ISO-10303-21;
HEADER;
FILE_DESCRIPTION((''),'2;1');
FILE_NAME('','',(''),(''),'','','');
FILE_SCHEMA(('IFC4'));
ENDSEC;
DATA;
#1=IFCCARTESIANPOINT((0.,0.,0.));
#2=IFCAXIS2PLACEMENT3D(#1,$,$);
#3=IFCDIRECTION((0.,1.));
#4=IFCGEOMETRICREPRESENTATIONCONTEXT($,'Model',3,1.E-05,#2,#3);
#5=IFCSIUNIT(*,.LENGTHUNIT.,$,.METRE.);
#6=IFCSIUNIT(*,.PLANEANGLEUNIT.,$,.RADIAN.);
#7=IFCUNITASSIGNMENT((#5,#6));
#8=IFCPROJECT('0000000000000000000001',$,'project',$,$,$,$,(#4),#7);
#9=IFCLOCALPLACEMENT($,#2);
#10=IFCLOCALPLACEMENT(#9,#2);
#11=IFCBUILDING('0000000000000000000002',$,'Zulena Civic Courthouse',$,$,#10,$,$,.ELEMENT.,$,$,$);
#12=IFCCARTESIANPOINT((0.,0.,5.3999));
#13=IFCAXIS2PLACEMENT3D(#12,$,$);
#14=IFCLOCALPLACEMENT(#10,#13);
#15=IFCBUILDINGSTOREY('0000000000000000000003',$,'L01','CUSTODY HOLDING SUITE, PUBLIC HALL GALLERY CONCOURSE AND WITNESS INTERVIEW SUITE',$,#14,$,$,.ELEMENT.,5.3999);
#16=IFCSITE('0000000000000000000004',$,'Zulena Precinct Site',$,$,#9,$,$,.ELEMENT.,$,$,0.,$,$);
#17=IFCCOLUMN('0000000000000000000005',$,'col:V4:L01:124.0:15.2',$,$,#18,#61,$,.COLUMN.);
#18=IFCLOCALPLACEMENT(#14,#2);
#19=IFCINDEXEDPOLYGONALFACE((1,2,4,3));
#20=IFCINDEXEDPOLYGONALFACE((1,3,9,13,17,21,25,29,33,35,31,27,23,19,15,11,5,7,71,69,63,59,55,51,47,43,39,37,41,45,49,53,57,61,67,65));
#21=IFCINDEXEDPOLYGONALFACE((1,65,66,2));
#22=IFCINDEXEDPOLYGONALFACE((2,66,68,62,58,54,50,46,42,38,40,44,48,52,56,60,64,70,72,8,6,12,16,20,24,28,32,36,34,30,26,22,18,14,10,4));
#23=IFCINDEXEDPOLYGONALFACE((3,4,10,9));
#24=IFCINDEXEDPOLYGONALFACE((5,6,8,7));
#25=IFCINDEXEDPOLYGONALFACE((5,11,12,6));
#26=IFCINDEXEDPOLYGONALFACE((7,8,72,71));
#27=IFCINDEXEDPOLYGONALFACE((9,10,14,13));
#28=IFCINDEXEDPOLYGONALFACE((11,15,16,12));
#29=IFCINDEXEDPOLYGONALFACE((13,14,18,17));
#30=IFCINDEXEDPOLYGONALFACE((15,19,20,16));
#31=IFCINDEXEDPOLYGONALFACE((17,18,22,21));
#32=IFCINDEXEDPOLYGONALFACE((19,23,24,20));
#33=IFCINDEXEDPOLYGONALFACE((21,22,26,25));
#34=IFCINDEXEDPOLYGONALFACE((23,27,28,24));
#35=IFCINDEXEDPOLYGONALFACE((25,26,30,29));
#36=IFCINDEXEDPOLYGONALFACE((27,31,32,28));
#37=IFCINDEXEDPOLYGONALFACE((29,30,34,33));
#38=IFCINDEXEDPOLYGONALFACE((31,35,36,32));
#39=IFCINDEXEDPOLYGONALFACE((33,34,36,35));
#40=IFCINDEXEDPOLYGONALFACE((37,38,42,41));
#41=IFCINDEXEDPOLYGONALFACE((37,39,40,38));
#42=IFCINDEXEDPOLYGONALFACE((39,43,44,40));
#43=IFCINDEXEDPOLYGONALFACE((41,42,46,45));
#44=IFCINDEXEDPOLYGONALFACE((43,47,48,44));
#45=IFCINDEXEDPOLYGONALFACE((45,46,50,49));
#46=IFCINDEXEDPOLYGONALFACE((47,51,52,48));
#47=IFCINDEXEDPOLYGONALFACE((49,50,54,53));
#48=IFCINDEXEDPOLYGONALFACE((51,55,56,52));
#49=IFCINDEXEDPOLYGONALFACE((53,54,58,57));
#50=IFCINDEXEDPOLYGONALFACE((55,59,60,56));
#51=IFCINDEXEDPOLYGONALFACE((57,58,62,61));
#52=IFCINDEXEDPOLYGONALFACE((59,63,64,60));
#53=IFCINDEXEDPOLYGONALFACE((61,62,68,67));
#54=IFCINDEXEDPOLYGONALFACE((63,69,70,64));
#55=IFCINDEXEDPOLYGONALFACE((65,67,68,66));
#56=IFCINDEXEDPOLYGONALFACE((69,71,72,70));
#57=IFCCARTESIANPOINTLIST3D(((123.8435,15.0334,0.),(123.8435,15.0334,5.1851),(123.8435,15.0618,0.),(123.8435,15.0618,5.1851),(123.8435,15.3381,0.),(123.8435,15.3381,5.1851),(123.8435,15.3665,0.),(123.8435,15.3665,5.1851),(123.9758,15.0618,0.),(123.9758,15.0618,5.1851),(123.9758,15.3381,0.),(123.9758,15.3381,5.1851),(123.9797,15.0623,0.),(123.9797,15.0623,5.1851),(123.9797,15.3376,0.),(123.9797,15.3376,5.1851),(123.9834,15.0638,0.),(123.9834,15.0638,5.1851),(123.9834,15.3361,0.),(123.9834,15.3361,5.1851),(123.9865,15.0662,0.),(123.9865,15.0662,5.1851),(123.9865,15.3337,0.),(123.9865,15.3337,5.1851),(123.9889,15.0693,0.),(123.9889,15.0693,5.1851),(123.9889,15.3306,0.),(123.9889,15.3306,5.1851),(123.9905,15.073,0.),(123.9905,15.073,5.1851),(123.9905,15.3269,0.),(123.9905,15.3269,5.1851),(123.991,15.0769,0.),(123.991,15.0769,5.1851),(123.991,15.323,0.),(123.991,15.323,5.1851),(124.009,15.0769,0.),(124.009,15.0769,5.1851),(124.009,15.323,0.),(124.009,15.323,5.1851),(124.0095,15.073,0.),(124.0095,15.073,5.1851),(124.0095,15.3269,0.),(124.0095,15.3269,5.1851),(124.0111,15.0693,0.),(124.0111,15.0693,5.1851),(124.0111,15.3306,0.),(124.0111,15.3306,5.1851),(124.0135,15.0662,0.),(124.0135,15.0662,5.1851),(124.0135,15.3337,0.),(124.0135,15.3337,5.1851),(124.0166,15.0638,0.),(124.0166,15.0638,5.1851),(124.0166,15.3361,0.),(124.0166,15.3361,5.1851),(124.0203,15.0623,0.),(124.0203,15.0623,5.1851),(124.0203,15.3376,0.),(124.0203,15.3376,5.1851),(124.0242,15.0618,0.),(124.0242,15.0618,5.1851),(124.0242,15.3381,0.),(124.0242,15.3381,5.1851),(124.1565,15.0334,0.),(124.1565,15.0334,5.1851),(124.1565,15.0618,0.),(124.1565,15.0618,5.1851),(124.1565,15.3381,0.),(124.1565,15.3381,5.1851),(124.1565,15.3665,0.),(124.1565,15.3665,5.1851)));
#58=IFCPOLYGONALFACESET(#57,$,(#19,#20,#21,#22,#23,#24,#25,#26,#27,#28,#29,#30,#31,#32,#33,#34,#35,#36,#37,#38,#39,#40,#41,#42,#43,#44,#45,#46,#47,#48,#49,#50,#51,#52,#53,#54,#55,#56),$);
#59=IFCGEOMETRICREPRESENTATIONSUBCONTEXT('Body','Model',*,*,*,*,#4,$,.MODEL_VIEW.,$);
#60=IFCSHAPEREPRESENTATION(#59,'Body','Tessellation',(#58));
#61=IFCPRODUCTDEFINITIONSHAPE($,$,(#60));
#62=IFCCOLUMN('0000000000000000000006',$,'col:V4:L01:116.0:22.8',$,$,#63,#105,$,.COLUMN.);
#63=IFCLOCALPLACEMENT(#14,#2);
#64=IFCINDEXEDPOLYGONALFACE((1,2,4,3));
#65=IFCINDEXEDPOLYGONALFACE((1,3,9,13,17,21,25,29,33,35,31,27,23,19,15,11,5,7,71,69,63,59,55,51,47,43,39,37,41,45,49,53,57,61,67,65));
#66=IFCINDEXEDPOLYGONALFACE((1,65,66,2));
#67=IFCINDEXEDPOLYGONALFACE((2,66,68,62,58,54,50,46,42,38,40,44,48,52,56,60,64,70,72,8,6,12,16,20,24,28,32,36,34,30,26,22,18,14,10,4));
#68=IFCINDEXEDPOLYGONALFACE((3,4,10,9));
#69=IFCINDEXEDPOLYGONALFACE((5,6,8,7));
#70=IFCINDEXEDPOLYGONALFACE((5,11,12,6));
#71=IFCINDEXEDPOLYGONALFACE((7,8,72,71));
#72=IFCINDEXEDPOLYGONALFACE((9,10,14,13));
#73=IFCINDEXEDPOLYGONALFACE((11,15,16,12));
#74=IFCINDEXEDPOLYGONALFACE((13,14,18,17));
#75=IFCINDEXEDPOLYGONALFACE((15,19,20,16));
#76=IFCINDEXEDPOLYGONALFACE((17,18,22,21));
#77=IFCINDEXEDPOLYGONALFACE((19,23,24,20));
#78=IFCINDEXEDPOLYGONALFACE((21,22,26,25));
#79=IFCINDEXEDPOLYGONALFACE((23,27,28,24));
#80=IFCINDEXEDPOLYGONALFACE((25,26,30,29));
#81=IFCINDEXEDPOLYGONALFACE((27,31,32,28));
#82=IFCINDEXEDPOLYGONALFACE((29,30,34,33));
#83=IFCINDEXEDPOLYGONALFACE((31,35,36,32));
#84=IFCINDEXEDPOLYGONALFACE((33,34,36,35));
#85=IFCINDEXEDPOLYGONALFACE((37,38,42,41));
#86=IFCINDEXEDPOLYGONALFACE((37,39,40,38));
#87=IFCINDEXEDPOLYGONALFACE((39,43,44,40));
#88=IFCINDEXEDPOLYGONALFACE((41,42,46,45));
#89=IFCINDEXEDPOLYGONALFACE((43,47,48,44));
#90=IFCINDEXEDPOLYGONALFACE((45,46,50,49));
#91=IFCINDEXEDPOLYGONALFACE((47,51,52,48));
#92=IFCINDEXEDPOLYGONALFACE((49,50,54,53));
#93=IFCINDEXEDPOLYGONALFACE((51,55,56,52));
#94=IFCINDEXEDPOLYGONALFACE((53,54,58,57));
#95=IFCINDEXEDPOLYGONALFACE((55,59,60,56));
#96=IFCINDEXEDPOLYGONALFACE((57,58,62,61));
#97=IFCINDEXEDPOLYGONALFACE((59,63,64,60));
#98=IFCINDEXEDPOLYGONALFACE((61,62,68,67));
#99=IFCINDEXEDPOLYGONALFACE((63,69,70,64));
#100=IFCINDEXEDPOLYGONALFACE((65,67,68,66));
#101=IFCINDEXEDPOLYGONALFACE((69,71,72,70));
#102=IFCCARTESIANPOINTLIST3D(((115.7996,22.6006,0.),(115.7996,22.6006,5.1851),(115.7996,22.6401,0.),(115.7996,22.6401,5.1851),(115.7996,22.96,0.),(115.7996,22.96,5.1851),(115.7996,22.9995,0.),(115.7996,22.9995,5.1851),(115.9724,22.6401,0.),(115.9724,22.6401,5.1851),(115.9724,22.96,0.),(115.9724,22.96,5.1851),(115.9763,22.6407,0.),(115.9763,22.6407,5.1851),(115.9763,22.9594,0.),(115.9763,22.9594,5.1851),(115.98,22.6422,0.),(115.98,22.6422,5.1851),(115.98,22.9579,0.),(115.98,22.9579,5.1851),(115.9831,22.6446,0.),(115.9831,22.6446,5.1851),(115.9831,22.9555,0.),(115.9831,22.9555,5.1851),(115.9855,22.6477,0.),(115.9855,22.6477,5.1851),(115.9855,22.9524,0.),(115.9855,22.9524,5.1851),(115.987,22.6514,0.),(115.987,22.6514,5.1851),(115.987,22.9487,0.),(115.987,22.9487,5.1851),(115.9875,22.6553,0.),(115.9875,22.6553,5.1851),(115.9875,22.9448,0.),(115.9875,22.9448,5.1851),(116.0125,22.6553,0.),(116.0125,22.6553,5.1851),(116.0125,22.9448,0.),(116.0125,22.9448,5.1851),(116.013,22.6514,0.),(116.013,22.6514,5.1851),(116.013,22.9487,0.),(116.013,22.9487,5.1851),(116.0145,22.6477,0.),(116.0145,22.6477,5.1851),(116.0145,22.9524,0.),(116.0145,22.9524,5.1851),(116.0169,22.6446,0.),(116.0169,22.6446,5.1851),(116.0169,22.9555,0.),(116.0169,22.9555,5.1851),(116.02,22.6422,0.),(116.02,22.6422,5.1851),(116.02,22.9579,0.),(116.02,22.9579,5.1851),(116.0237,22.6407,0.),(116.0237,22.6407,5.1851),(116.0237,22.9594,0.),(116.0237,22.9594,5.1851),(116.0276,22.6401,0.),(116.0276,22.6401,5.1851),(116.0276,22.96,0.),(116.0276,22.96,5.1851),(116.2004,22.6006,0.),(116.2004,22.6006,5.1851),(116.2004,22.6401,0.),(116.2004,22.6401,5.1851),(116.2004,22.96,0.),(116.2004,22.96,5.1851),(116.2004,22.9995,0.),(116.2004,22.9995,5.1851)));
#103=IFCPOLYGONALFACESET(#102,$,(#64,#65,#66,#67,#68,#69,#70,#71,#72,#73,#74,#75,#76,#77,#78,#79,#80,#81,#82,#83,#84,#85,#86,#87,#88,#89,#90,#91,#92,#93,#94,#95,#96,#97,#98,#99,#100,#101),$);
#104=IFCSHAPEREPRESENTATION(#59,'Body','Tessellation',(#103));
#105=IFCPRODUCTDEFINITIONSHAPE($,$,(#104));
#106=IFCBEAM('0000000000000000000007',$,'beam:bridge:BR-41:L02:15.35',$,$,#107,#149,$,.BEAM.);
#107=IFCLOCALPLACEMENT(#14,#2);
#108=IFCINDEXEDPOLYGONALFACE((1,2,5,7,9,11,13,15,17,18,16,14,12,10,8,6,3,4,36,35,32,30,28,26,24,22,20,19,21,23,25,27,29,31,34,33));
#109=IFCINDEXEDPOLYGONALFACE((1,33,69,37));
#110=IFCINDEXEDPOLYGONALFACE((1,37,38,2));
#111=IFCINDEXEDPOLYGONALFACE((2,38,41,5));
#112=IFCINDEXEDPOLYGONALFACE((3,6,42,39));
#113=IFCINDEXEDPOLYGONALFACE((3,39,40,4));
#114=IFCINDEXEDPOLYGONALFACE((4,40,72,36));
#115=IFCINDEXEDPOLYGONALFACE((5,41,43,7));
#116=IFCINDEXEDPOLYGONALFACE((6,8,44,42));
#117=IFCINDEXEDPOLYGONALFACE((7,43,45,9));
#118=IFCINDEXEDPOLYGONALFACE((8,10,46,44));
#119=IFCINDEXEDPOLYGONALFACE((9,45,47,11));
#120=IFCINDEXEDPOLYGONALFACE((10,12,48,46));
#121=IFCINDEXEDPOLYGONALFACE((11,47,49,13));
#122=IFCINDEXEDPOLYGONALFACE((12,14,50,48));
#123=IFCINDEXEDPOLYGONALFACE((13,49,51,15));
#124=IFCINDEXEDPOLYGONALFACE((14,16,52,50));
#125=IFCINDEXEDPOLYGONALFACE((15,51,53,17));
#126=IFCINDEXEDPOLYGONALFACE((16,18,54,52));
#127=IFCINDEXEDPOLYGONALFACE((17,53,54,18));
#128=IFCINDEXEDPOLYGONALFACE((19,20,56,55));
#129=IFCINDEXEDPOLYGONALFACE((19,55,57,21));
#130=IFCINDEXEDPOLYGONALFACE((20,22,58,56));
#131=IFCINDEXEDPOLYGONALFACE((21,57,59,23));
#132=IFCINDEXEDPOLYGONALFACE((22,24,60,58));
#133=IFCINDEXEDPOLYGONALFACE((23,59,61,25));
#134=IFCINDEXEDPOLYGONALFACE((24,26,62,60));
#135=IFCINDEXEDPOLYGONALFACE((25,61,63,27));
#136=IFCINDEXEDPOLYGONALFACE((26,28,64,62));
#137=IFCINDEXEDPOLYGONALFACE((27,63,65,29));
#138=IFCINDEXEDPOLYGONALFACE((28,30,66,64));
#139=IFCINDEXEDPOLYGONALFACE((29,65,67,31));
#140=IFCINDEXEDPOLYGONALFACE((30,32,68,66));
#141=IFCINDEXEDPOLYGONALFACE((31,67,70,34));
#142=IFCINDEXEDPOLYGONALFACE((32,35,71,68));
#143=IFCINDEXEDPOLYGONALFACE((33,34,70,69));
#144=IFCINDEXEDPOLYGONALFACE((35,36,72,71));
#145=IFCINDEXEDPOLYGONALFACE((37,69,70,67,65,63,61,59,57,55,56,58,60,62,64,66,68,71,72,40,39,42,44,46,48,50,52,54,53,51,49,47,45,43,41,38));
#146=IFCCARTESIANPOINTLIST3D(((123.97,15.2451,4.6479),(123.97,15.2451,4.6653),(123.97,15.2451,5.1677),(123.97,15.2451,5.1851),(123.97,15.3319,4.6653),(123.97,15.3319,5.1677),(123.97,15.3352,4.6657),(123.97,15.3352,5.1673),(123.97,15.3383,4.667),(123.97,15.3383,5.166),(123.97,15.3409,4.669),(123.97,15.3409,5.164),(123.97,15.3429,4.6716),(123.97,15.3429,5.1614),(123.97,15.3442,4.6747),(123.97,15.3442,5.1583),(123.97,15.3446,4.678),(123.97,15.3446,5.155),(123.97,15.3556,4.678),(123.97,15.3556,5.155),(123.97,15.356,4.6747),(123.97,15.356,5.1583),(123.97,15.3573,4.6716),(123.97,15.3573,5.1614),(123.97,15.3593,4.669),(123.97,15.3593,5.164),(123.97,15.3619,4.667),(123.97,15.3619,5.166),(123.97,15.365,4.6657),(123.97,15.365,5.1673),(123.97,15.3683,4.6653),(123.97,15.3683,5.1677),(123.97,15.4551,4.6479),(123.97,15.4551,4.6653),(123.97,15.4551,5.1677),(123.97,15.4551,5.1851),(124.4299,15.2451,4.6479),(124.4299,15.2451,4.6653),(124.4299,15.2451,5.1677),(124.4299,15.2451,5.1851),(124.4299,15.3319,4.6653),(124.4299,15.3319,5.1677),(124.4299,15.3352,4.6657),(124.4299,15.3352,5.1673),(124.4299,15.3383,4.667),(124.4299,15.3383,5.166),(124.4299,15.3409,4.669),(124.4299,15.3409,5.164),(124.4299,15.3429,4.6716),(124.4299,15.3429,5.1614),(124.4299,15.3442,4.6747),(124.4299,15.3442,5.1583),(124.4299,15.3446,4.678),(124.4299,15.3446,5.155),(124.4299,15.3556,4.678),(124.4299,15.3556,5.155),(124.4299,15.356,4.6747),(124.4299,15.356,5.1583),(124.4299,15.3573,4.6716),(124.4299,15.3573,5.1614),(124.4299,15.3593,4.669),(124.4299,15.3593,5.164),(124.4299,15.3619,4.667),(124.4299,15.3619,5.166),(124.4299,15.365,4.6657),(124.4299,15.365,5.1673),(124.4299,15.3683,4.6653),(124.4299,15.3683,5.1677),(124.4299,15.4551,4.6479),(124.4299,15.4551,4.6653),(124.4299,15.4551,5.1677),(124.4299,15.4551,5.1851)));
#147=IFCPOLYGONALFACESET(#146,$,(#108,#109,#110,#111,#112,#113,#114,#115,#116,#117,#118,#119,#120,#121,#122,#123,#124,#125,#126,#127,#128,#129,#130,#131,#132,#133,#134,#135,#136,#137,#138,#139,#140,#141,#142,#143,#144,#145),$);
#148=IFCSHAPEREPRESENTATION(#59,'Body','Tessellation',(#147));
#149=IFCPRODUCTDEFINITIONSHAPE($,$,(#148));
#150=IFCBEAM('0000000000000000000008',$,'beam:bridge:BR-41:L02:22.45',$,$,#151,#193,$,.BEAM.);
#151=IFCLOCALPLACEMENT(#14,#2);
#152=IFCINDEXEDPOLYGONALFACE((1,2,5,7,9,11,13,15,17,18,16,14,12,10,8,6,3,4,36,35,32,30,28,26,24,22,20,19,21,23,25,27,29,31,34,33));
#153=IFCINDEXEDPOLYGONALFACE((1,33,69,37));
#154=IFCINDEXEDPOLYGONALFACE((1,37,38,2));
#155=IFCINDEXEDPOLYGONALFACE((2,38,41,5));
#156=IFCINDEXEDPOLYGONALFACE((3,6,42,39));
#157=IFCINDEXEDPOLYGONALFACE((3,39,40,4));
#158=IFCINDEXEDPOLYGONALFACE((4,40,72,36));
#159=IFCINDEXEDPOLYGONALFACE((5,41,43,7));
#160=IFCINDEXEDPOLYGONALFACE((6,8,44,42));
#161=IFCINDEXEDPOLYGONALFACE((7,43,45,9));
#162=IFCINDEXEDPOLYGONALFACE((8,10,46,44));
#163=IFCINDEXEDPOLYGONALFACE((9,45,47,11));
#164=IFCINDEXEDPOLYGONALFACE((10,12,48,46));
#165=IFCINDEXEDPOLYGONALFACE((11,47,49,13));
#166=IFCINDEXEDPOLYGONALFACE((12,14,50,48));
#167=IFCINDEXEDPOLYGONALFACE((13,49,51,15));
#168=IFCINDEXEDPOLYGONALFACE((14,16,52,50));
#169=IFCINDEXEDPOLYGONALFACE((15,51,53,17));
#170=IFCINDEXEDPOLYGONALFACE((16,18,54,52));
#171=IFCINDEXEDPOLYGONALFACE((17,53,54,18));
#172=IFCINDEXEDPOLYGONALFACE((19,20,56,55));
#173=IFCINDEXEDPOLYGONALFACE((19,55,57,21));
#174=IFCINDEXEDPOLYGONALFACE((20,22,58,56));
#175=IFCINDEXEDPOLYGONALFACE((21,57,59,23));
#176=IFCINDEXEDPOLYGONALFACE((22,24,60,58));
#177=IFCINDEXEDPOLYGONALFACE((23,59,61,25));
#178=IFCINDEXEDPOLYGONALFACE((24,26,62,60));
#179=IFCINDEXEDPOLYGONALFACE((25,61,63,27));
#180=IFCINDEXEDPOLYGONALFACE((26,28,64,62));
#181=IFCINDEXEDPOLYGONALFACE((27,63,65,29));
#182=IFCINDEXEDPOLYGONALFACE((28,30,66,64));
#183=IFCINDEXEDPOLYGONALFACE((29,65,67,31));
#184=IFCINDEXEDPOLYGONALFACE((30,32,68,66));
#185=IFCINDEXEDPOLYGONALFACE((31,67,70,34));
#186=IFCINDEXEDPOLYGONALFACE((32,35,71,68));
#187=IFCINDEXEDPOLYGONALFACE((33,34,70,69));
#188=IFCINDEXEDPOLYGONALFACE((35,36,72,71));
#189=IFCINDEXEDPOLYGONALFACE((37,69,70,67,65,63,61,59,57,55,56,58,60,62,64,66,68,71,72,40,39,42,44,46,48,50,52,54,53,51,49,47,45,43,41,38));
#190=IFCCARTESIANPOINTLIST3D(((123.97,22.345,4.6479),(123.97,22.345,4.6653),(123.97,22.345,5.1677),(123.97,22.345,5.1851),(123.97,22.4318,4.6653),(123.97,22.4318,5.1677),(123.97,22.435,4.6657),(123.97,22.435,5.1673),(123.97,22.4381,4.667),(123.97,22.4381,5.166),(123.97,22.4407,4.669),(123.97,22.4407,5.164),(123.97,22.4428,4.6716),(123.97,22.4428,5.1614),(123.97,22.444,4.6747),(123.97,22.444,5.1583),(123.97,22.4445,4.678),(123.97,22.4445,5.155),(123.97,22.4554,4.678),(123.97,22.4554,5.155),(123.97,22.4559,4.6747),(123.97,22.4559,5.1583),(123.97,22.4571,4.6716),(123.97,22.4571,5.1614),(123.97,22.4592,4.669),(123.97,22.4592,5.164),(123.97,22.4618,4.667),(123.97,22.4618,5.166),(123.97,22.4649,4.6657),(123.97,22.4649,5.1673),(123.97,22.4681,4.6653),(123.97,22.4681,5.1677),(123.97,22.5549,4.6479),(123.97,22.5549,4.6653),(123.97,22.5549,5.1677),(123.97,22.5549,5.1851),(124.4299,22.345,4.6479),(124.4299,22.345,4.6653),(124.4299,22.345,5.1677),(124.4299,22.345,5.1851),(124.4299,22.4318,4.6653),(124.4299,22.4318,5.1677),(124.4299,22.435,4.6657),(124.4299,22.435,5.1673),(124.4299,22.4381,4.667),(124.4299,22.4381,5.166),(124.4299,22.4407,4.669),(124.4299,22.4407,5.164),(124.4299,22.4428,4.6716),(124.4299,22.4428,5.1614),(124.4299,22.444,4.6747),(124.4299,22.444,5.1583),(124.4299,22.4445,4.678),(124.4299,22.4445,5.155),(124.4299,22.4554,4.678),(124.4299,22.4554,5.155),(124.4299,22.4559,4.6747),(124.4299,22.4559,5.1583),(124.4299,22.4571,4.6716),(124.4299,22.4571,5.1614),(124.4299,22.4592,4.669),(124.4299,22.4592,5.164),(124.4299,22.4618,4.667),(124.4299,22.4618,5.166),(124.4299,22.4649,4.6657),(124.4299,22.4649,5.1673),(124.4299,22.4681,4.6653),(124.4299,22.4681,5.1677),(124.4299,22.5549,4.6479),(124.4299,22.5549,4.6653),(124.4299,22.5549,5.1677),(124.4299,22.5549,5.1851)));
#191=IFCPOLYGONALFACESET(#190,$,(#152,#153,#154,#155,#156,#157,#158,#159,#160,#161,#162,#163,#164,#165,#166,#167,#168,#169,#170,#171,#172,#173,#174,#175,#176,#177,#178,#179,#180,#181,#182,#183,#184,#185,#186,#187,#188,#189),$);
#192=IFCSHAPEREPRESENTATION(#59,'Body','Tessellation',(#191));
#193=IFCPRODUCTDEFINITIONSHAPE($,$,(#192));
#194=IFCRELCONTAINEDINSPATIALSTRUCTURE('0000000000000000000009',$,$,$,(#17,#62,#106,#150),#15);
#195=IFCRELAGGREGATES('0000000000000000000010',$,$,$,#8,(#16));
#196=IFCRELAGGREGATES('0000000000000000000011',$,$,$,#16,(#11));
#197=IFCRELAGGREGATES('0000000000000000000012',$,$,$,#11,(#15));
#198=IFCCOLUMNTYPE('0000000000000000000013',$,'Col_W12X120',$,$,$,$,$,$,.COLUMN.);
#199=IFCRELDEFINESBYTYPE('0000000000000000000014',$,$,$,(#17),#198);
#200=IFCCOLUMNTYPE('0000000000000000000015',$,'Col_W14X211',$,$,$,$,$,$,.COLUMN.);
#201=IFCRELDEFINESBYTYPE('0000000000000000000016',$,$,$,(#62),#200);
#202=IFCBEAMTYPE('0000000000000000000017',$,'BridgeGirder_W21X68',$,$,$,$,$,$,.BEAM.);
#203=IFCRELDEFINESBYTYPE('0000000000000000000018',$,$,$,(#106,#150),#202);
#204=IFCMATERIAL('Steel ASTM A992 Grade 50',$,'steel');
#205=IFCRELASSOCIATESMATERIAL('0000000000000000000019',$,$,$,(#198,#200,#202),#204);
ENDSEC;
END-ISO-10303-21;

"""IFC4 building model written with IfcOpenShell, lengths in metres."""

from ifc_helpers import new_model, si_unit, direction, frame, origin, origin_2d, place, context, subcontext, project, spatial, i_section, extrude, material, material_profile, profile_set, type_object, element, save


model = new_model("IFC4")

# Units and contexts
model_context = context("Model", 3, precision=1e-05, world=origin(), true_north=direction((0.0, 1.0)))
body_context = subcontext(model_context, "Body", "Model", "MODEL_VIEW")
ifc_project = project(units=[si_unit("LENGTHUNIT", "METRE"), si_unit("PLANEANGLEUNIT", "RADIAN")], contexts=[model_context])

# Site, building, storey
site_placement = place(None, origin())
site = spatial("IfcSite", under=ifc_project, at=site_placement, Name="Zulena Precinct Site", CompositionType="ELEMENT", RefElevation=0.0)
building_placement = place(site_placement, origin())
building = spatial("IfcBuilding", under=site, at=building_placement, Name="Zulena Civic Courthouse", CompositionType="ELEMENT")
storey_placement = place(building_placement, frame((0.0, 0.0, 5.3999)))
storey = spatial("IfcBuildingStorey", under=building, at=storey_placement, Name="L01", Description="CUSTODY HOLDING SUITE, PUBLIC HALL GALLERY CONCOURSE AND WITNESS INTERVIEW SUITE", CompositionType="ELEMENT", Elevation=5.3999)

# Columns
ifc_material_1 = material(Name="Steel ASTM A992 Grade 50", Category="steel")
ifc_material_profile_1 = material_profile(ifc_material_1, i_section(OverallWidth=0.313, OverallDepth=0.333, WebThickness=0.0181, FlangeThickness=0.0283, FilletRadius=0.0151, at=origin_2d()), Name="W12X120")
ifc_profile_set_1 = profile_set([ifc_material_profile_1], Name="Steel ASTM A992 Grade 50")
column_type_1 = type_object("IfcColumnType", Name="Col_W12X120", PredefinedType="COLUMN", material=ifc_profile_set_1)
column_1_placement = place(storey_placement, frame((124.0, 15.2, 0.0), z_axis=(0.0, 0.0, 1.0), x_axis=(1.0, 0.0, 0.0)))
element("IfcColumn", 1, at=column_1_placement, inside=storey, type_object=column_type_1, Name="col:V4:L01:124.0:15.2", PredefinedType="COLUMN", context=body_context, shape_type="SweptSolid", body=[
    extrude(i_section(OverallWidth=0.313, OverallDepth=0.333, WebThickness=0.0181, FlangeThickness=0.0283, FilletRadius=0.0151, at=origin_2d()), origin(), (0.0, 0.0, 1.0), 5.1851),
])
ifc_material_profile_2 = material_profile(ifc_material_1, i_section(OverallWidth=0.4009, OverallDepth=0.3989, WebThickness=0.0249, FlangeThickness=0.0396, FilletRadius=0.0151, at=origin_2d()), Name="W14X211")
ifc_profile_set_2 = profile_set([ifc_material_profile_2], Name="Steel ASTM A992 Grade 50")
column_type_2 = type_object("IfcColumnType", Name="Col_W14X211", PredefinedType="COLUMN", material=ifc_profile_set_2)
column_2_placement = place(storey_placement, frame((116.0, 22.8, 0.0), z_axis=(0.0, 0.0, 1.0), x_axis=(1.0, 0.0, 0.0)))
element("IfcColumn", 2, at=column_2_placement, inside=storey, type_object=column_type_2, Name="col:V4:L01:116.0:22.8", PredefinedType="COLUMN", context=body_context, shape_type="SweptSolid", body=[
    extrude(i_section(OverallWidth=0.4009, OverallDepth=0.3989, WebThickness=0.0249, FlangeThickness=0.0396, FilletRadius=0.0151, at=origin_2d()), origin(), (0.0, 0.0, 1.0), 5.1851),
])

# Beams
ifc_material_profile_3 = material_profile(ifc_material_1, i_section(OverallWidth=0.21, OverallDepth=0.5371, WebThickness=0.011, FlangeThickness=0.0173, FilletRadius=0.0127, at=origin_2d()), Name="W21X68")
ifc_profile_set_3 = profile_set([ifc_material_profile_3], Name="Steel ASTM A992 Grade 50")
beam_type_1 = type_object("IfcBeamType", Name="BridgeGirder_W21X68", PredefinedType="BEAM", material=ifc_profile_set_3)
for number, where, z_axis, x_axis, name in (
    (3, (123.97, 15.3501, 4.9165), (1.0, 0.0, 0.0), (0.0, 1.0, 0.0), "beam:bridge:BR-41:L02:15.35"),
    (4, (123.97, 22.45, 4.9165), (1.0, 0.0, 0.0), (0.0, 1.0, 0.0), "beam:bridge:BR-41:L02:22.45"),
):
    element("IfcBeam", number, at=place(storey_placement, frame(where, z_axis=z_axis, x_axis=x_axis)), inside=storey, type_object=beam_type_1, Name=name, PredefinedType="BEAM", context=body_context, shape_type="SweptSolid", body=[
        extrude(i_section(OverallWidth=0.21, OverallDepth=0.5371, WebThickness=0.011, FlangeThickness=0.0173, FilletRadius=0.0127, at=origin_2d()), origin(), (0.0, 0.0, 1.0), 0.46),
    ])

save(model, "model.ifc")
